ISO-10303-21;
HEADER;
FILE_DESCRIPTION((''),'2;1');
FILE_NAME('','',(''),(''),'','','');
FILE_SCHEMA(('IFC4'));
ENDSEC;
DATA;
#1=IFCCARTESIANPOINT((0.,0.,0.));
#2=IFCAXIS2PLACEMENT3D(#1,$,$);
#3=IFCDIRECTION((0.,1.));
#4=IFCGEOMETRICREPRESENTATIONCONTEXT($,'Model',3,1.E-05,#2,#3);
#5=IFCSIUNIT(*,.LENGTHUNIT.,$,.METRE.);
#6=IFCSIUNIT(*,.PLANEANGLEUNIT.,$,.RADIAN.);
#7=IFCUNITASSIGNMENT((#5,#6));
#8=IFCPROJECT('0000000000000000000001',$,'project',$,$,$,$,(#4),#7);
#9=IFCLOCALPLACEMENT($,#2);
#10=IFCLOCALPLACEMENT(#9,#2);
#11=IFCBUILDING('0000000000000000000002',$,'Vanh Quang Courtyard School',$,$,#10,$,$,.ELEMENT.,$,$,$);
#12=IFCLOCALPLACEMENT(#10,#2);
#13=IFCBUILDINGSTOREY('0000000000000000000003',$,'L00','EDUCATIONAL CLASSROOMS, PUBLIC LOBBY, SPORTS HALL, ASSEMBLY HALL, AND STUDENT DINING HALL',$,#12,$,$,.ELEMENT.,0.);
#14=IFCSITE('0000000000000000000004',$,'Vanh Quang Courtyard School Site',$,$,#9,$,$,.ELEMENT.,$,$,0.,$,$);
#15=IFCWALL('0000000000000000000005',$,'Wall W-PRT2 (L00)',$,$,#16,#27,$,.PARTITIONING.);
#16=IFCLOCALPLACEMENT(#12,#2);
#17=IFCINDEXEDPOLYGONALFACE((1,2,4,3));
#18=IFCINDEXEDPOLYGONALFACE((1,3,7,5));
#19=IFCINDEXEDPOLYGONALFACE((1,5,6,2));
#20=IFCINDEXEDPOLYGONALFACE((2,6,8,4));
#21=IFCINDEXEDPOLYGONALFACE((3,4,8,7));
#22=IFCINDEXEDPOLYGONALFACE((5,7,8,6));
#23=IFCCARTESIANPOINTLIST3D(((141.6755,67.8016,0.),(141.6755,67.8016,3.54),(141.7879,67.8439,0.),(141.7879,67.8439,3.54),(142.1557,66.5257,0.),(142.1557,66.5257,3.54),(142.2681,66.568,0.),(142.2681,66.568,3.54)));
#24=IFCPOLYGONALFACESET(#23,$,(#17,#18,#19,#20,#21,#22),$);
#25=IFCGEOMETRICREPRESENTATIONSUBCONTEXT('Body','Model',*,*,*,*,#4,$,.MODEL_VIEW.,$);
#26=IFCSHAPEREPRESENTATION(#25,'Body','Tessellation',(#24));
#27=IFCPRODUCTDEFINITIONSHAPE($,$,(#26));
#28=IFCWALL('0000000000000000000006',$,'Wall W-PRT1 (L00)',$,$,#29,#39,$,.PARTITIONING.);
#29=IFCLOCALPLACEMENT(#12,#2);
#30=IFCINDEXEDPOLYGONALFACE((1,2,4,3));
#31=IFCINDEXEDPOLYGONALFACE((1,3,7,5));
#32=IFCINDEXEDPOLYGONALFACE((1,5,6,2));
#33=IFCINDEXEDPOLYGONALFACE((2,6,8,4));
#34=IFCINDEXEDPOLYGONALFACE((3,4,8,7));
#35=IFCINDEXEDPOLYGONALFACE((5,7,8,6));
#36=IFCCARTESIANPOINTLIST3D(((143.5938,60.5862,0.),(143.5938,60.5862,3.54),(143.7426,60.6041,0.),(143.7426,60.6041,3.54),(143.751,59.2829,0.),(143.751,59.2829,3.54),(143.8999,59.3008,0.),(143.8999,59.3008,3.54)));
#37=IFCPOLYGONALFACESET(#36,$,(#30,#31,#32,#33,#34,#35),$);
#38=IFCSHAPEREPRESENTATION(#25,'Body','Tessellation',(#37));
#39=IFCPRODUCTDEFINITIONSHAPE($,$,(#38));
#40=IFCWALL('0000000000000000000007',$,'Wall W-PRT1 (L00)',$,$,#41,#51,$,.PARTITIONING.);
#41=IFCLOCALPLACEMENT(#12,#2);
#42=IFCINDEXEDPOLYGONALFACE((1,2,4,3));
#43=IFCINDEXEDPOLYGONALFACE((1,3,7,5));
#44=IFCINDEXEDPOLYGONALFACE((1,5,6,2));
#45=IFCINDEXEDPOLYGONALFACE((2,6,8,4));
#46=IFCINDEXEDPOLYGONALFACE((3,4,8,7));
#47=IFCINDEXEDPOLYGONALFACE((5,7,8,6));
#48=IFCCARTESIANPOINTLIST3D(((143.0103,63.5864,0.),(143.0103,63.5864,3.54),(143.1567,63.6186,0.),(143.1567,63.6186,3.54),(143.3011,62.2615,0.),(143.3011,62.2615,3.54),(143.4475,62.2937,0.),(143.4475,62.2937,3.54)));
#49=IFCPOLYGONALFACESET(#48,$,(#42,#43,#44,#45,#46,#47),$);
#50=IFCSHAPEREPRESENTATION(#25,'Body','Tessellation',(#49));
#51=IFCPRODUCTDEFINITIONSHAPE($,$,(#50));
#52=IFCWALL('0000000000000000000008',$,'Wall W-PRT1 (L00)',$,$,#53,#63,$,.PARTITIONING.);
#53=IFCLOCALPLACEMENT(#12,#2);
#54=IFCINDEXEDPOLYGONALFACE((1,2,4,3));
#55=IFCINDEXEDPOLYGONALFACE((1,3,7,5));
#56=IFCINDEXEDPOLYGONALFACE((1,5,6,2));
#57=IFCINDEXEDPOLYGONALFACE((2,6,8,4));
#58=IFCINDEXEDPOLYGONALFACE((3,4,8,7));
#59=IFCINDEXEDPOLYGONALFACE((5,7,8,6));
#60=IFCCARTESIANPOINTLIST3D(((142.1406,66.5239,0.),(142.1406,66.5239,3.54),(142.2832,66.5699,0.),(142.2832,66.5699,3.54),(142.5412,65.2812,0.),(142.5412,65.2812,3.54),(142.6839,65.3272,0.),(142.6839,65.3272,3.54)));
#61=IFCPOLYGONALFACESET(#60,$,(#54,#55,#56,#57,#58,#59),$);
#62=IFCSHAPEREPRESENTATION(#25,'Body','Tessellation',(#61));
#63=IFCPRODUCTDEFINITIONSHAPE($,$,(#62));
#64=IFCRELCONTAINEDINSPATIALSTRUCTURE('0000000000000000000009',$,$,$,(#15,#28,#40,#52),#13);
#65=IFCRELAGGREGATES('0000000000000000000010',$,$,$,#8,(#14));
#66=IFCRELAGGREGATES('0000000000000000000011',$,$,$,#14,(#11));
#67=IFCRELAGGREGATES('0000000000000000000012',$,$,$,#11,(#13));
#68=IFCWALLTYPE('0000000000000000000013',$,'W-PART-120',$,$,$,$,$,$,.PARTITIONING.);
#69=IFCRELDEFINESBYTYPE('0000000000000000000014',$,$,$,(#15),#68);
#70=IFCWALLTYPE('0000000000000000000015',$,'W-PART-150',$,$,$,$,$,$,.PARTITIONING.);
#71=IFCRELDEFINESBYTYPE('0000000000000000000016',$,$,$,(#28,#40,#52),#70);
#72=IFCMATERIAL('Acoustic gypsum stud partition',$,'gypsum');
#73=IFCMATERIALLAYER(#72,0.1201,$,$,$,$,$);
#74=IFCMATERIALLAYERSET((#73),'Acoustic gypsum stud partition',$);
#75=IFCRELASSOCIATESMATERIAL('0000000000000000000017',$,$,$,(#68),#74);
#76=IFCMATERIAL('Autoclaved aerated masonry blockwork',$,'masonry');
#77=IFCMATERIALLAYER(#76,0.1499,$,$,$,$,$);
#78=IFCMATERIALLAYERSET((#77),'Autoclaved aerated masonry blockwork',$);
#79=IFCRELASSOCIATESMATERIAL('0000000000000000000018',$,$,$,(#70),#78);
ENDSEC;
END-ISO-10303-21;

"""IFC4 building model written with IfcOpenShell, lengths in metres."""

from ifc_helpers import new_model, si_unit, direction, frame, frame_2d, origin, place, context, subcontext, project, spatial, rectangle, extrude, material, layer, layer_set, type_object, element, save


model = new_model("IFC4")

# Units and contexts
model_context = context("Model", 3, precision=1e-05, world=origin(), true_north=direction((0.0, 1.0)))
body_context = subcontext(model_context, "Body", "Model", "MODEL_VIEW")
ifc_project = project(units=[si_unit("LENGTHUNIT", "METRE"), si_unit("PLANEANGLEUNIT", "RADIAN")], contexts=[model_context])

# Site, building, storey
site_placement = place(None, origin())
site = spatial("IfcSite", under=ifc_project, at=site_placement, Name="Vanh Quang Courtyard School Site", CompositionType="ELEMENT", RefElevation=0.0)
building_placement = place(site_placement, origin())
building = spatial("IfcBuilding", under=site, at=building_placement, Name="Vanh Quang Courtyard School", CompositionType="ELEMENT")
storey_placement = place(building_placement, origin())
storey = spatial("IfcBuildingStorey", under=building, at=storey_placement, Name="L00", Description="EDUCATIONAL CLASSROOMS, PUBLIC LOBBY, SPORTS HALL, ASSEMBLY HALL, AND STUDENT DINING HALL", CompositionType="ELEMENT", Elevation=0.0)

# Walls
ifc_material_1 = material(Name="Acoustic gypsum stud partition", Category="gypsum")
ifc_layer_1 = layer(ifc_material_1, 0.1201)
ifc_layer_set_1 = layer_set([ifc_layer_1], Name="Acoustic gypsum stud partition")
wall_type_1 = type_object("IfcWallType", Name="W-PART-120", PredefinedType="PARTITIONING", material=ifc_layer_set_1)
wall_1_placement = place(storey_placement, frame((142.2119, 66.5469, 0.0), z_axis=(0.0, 0.0, 1.0), x_axis=(-0.352261, 0.935902, 0.0)))
element("IfcWall", 1, at=wall_1_placement, inside=storey, type_object=wall_type_1, Name="Wall W-PRT2 (L00)", PredefinedType="PARTITIONING", context=body_context, shape_type="SweptSolid", body=[
    extrude(rectangle(XDim=1.3633, YDim=0.1201, at=frame_2d((0.6816, 0.0))), origin(), (0.0, 0.0, 1.0), 3.54),
])
ifc_material_2 = material(Name="Autoclaved aerated masonry blockwork", Category="masonry")
ifc_layer_2 = layer(ifc_material_2, 0.1499)
ifc_layer_set_2 = layer_set([ifc_layer_2], Name="Autoclaved aerated masonry blockwork")
wall_type_2 = type_object("IfcWallType", Name="W-PART-150", PredefinedType="PARTITIONING", material=ifc_layer_set_2)
wall_2_placement = place(storey_placement, frame((143.8254, 59.292, 0.0), z_axis=(0.0, 0.0, 1.0), x_axis=(-0.119776, 0.992801, 0.0)))
element("IfcWall", 2, at=wall_2_placement, inside=storey, type_object=wall_type_2, Name="Wall W-PRT1 (L00)", PredefinedType="PARTITIONING", context=body_context, shape_type="SweptSolid", body=[
    extrude(rectangle(XDim=1.3127, YDim=0.1499, at=frame_2d((0.6562, 0.0))), origin(), (0.0, 0.0, 1.0), 3.54),
])
wall_3_placement = place(storey_placement, frame((143.3743, 62.2776, 0.0), z_axis=(0.0, 0.0, 1.0), x_axis=(-0.214357, 0.976755, 0.0)))
element("IfcWall", 3, at=wall_3_placement, inside=storey, type_object=wall_type_2, Name="Wall W-PRT1 (L00)", PredefinedType="PARTITIONING", context=body_context, shape_type="SweptSolid", body=[
    extrude(rectangle(XDim=1.3564, YDim=0.1499, at=frame_2d((0.6782, 0.0))), origin(), (0.0, 0.0, 1.0), 3.54),
])
wall_4_placement = place(storey_placement, frame((142.6125, 65.3042, 0.0), z_axis=(0.0, 0.0, 1.0), x_axis=(-0.306844, 0.95176, 0.0)))
element("IfcWall", 4, at=wall_4_placement, inside=storey, type_object=wall_type_2, Name="Wall W-PRT1 (L00)", PredefinedType="PARTITIONING", context=body_context, shape_type="SweptSolid", body=[
    extrude(rectangle(XDim=1.3057, YDim=0.1499, at=frame_2d((0.6528, 0.0))), origin(), (0.0, 0.0, 1.0), 3.54),
])

save(model, "model.ifc")
